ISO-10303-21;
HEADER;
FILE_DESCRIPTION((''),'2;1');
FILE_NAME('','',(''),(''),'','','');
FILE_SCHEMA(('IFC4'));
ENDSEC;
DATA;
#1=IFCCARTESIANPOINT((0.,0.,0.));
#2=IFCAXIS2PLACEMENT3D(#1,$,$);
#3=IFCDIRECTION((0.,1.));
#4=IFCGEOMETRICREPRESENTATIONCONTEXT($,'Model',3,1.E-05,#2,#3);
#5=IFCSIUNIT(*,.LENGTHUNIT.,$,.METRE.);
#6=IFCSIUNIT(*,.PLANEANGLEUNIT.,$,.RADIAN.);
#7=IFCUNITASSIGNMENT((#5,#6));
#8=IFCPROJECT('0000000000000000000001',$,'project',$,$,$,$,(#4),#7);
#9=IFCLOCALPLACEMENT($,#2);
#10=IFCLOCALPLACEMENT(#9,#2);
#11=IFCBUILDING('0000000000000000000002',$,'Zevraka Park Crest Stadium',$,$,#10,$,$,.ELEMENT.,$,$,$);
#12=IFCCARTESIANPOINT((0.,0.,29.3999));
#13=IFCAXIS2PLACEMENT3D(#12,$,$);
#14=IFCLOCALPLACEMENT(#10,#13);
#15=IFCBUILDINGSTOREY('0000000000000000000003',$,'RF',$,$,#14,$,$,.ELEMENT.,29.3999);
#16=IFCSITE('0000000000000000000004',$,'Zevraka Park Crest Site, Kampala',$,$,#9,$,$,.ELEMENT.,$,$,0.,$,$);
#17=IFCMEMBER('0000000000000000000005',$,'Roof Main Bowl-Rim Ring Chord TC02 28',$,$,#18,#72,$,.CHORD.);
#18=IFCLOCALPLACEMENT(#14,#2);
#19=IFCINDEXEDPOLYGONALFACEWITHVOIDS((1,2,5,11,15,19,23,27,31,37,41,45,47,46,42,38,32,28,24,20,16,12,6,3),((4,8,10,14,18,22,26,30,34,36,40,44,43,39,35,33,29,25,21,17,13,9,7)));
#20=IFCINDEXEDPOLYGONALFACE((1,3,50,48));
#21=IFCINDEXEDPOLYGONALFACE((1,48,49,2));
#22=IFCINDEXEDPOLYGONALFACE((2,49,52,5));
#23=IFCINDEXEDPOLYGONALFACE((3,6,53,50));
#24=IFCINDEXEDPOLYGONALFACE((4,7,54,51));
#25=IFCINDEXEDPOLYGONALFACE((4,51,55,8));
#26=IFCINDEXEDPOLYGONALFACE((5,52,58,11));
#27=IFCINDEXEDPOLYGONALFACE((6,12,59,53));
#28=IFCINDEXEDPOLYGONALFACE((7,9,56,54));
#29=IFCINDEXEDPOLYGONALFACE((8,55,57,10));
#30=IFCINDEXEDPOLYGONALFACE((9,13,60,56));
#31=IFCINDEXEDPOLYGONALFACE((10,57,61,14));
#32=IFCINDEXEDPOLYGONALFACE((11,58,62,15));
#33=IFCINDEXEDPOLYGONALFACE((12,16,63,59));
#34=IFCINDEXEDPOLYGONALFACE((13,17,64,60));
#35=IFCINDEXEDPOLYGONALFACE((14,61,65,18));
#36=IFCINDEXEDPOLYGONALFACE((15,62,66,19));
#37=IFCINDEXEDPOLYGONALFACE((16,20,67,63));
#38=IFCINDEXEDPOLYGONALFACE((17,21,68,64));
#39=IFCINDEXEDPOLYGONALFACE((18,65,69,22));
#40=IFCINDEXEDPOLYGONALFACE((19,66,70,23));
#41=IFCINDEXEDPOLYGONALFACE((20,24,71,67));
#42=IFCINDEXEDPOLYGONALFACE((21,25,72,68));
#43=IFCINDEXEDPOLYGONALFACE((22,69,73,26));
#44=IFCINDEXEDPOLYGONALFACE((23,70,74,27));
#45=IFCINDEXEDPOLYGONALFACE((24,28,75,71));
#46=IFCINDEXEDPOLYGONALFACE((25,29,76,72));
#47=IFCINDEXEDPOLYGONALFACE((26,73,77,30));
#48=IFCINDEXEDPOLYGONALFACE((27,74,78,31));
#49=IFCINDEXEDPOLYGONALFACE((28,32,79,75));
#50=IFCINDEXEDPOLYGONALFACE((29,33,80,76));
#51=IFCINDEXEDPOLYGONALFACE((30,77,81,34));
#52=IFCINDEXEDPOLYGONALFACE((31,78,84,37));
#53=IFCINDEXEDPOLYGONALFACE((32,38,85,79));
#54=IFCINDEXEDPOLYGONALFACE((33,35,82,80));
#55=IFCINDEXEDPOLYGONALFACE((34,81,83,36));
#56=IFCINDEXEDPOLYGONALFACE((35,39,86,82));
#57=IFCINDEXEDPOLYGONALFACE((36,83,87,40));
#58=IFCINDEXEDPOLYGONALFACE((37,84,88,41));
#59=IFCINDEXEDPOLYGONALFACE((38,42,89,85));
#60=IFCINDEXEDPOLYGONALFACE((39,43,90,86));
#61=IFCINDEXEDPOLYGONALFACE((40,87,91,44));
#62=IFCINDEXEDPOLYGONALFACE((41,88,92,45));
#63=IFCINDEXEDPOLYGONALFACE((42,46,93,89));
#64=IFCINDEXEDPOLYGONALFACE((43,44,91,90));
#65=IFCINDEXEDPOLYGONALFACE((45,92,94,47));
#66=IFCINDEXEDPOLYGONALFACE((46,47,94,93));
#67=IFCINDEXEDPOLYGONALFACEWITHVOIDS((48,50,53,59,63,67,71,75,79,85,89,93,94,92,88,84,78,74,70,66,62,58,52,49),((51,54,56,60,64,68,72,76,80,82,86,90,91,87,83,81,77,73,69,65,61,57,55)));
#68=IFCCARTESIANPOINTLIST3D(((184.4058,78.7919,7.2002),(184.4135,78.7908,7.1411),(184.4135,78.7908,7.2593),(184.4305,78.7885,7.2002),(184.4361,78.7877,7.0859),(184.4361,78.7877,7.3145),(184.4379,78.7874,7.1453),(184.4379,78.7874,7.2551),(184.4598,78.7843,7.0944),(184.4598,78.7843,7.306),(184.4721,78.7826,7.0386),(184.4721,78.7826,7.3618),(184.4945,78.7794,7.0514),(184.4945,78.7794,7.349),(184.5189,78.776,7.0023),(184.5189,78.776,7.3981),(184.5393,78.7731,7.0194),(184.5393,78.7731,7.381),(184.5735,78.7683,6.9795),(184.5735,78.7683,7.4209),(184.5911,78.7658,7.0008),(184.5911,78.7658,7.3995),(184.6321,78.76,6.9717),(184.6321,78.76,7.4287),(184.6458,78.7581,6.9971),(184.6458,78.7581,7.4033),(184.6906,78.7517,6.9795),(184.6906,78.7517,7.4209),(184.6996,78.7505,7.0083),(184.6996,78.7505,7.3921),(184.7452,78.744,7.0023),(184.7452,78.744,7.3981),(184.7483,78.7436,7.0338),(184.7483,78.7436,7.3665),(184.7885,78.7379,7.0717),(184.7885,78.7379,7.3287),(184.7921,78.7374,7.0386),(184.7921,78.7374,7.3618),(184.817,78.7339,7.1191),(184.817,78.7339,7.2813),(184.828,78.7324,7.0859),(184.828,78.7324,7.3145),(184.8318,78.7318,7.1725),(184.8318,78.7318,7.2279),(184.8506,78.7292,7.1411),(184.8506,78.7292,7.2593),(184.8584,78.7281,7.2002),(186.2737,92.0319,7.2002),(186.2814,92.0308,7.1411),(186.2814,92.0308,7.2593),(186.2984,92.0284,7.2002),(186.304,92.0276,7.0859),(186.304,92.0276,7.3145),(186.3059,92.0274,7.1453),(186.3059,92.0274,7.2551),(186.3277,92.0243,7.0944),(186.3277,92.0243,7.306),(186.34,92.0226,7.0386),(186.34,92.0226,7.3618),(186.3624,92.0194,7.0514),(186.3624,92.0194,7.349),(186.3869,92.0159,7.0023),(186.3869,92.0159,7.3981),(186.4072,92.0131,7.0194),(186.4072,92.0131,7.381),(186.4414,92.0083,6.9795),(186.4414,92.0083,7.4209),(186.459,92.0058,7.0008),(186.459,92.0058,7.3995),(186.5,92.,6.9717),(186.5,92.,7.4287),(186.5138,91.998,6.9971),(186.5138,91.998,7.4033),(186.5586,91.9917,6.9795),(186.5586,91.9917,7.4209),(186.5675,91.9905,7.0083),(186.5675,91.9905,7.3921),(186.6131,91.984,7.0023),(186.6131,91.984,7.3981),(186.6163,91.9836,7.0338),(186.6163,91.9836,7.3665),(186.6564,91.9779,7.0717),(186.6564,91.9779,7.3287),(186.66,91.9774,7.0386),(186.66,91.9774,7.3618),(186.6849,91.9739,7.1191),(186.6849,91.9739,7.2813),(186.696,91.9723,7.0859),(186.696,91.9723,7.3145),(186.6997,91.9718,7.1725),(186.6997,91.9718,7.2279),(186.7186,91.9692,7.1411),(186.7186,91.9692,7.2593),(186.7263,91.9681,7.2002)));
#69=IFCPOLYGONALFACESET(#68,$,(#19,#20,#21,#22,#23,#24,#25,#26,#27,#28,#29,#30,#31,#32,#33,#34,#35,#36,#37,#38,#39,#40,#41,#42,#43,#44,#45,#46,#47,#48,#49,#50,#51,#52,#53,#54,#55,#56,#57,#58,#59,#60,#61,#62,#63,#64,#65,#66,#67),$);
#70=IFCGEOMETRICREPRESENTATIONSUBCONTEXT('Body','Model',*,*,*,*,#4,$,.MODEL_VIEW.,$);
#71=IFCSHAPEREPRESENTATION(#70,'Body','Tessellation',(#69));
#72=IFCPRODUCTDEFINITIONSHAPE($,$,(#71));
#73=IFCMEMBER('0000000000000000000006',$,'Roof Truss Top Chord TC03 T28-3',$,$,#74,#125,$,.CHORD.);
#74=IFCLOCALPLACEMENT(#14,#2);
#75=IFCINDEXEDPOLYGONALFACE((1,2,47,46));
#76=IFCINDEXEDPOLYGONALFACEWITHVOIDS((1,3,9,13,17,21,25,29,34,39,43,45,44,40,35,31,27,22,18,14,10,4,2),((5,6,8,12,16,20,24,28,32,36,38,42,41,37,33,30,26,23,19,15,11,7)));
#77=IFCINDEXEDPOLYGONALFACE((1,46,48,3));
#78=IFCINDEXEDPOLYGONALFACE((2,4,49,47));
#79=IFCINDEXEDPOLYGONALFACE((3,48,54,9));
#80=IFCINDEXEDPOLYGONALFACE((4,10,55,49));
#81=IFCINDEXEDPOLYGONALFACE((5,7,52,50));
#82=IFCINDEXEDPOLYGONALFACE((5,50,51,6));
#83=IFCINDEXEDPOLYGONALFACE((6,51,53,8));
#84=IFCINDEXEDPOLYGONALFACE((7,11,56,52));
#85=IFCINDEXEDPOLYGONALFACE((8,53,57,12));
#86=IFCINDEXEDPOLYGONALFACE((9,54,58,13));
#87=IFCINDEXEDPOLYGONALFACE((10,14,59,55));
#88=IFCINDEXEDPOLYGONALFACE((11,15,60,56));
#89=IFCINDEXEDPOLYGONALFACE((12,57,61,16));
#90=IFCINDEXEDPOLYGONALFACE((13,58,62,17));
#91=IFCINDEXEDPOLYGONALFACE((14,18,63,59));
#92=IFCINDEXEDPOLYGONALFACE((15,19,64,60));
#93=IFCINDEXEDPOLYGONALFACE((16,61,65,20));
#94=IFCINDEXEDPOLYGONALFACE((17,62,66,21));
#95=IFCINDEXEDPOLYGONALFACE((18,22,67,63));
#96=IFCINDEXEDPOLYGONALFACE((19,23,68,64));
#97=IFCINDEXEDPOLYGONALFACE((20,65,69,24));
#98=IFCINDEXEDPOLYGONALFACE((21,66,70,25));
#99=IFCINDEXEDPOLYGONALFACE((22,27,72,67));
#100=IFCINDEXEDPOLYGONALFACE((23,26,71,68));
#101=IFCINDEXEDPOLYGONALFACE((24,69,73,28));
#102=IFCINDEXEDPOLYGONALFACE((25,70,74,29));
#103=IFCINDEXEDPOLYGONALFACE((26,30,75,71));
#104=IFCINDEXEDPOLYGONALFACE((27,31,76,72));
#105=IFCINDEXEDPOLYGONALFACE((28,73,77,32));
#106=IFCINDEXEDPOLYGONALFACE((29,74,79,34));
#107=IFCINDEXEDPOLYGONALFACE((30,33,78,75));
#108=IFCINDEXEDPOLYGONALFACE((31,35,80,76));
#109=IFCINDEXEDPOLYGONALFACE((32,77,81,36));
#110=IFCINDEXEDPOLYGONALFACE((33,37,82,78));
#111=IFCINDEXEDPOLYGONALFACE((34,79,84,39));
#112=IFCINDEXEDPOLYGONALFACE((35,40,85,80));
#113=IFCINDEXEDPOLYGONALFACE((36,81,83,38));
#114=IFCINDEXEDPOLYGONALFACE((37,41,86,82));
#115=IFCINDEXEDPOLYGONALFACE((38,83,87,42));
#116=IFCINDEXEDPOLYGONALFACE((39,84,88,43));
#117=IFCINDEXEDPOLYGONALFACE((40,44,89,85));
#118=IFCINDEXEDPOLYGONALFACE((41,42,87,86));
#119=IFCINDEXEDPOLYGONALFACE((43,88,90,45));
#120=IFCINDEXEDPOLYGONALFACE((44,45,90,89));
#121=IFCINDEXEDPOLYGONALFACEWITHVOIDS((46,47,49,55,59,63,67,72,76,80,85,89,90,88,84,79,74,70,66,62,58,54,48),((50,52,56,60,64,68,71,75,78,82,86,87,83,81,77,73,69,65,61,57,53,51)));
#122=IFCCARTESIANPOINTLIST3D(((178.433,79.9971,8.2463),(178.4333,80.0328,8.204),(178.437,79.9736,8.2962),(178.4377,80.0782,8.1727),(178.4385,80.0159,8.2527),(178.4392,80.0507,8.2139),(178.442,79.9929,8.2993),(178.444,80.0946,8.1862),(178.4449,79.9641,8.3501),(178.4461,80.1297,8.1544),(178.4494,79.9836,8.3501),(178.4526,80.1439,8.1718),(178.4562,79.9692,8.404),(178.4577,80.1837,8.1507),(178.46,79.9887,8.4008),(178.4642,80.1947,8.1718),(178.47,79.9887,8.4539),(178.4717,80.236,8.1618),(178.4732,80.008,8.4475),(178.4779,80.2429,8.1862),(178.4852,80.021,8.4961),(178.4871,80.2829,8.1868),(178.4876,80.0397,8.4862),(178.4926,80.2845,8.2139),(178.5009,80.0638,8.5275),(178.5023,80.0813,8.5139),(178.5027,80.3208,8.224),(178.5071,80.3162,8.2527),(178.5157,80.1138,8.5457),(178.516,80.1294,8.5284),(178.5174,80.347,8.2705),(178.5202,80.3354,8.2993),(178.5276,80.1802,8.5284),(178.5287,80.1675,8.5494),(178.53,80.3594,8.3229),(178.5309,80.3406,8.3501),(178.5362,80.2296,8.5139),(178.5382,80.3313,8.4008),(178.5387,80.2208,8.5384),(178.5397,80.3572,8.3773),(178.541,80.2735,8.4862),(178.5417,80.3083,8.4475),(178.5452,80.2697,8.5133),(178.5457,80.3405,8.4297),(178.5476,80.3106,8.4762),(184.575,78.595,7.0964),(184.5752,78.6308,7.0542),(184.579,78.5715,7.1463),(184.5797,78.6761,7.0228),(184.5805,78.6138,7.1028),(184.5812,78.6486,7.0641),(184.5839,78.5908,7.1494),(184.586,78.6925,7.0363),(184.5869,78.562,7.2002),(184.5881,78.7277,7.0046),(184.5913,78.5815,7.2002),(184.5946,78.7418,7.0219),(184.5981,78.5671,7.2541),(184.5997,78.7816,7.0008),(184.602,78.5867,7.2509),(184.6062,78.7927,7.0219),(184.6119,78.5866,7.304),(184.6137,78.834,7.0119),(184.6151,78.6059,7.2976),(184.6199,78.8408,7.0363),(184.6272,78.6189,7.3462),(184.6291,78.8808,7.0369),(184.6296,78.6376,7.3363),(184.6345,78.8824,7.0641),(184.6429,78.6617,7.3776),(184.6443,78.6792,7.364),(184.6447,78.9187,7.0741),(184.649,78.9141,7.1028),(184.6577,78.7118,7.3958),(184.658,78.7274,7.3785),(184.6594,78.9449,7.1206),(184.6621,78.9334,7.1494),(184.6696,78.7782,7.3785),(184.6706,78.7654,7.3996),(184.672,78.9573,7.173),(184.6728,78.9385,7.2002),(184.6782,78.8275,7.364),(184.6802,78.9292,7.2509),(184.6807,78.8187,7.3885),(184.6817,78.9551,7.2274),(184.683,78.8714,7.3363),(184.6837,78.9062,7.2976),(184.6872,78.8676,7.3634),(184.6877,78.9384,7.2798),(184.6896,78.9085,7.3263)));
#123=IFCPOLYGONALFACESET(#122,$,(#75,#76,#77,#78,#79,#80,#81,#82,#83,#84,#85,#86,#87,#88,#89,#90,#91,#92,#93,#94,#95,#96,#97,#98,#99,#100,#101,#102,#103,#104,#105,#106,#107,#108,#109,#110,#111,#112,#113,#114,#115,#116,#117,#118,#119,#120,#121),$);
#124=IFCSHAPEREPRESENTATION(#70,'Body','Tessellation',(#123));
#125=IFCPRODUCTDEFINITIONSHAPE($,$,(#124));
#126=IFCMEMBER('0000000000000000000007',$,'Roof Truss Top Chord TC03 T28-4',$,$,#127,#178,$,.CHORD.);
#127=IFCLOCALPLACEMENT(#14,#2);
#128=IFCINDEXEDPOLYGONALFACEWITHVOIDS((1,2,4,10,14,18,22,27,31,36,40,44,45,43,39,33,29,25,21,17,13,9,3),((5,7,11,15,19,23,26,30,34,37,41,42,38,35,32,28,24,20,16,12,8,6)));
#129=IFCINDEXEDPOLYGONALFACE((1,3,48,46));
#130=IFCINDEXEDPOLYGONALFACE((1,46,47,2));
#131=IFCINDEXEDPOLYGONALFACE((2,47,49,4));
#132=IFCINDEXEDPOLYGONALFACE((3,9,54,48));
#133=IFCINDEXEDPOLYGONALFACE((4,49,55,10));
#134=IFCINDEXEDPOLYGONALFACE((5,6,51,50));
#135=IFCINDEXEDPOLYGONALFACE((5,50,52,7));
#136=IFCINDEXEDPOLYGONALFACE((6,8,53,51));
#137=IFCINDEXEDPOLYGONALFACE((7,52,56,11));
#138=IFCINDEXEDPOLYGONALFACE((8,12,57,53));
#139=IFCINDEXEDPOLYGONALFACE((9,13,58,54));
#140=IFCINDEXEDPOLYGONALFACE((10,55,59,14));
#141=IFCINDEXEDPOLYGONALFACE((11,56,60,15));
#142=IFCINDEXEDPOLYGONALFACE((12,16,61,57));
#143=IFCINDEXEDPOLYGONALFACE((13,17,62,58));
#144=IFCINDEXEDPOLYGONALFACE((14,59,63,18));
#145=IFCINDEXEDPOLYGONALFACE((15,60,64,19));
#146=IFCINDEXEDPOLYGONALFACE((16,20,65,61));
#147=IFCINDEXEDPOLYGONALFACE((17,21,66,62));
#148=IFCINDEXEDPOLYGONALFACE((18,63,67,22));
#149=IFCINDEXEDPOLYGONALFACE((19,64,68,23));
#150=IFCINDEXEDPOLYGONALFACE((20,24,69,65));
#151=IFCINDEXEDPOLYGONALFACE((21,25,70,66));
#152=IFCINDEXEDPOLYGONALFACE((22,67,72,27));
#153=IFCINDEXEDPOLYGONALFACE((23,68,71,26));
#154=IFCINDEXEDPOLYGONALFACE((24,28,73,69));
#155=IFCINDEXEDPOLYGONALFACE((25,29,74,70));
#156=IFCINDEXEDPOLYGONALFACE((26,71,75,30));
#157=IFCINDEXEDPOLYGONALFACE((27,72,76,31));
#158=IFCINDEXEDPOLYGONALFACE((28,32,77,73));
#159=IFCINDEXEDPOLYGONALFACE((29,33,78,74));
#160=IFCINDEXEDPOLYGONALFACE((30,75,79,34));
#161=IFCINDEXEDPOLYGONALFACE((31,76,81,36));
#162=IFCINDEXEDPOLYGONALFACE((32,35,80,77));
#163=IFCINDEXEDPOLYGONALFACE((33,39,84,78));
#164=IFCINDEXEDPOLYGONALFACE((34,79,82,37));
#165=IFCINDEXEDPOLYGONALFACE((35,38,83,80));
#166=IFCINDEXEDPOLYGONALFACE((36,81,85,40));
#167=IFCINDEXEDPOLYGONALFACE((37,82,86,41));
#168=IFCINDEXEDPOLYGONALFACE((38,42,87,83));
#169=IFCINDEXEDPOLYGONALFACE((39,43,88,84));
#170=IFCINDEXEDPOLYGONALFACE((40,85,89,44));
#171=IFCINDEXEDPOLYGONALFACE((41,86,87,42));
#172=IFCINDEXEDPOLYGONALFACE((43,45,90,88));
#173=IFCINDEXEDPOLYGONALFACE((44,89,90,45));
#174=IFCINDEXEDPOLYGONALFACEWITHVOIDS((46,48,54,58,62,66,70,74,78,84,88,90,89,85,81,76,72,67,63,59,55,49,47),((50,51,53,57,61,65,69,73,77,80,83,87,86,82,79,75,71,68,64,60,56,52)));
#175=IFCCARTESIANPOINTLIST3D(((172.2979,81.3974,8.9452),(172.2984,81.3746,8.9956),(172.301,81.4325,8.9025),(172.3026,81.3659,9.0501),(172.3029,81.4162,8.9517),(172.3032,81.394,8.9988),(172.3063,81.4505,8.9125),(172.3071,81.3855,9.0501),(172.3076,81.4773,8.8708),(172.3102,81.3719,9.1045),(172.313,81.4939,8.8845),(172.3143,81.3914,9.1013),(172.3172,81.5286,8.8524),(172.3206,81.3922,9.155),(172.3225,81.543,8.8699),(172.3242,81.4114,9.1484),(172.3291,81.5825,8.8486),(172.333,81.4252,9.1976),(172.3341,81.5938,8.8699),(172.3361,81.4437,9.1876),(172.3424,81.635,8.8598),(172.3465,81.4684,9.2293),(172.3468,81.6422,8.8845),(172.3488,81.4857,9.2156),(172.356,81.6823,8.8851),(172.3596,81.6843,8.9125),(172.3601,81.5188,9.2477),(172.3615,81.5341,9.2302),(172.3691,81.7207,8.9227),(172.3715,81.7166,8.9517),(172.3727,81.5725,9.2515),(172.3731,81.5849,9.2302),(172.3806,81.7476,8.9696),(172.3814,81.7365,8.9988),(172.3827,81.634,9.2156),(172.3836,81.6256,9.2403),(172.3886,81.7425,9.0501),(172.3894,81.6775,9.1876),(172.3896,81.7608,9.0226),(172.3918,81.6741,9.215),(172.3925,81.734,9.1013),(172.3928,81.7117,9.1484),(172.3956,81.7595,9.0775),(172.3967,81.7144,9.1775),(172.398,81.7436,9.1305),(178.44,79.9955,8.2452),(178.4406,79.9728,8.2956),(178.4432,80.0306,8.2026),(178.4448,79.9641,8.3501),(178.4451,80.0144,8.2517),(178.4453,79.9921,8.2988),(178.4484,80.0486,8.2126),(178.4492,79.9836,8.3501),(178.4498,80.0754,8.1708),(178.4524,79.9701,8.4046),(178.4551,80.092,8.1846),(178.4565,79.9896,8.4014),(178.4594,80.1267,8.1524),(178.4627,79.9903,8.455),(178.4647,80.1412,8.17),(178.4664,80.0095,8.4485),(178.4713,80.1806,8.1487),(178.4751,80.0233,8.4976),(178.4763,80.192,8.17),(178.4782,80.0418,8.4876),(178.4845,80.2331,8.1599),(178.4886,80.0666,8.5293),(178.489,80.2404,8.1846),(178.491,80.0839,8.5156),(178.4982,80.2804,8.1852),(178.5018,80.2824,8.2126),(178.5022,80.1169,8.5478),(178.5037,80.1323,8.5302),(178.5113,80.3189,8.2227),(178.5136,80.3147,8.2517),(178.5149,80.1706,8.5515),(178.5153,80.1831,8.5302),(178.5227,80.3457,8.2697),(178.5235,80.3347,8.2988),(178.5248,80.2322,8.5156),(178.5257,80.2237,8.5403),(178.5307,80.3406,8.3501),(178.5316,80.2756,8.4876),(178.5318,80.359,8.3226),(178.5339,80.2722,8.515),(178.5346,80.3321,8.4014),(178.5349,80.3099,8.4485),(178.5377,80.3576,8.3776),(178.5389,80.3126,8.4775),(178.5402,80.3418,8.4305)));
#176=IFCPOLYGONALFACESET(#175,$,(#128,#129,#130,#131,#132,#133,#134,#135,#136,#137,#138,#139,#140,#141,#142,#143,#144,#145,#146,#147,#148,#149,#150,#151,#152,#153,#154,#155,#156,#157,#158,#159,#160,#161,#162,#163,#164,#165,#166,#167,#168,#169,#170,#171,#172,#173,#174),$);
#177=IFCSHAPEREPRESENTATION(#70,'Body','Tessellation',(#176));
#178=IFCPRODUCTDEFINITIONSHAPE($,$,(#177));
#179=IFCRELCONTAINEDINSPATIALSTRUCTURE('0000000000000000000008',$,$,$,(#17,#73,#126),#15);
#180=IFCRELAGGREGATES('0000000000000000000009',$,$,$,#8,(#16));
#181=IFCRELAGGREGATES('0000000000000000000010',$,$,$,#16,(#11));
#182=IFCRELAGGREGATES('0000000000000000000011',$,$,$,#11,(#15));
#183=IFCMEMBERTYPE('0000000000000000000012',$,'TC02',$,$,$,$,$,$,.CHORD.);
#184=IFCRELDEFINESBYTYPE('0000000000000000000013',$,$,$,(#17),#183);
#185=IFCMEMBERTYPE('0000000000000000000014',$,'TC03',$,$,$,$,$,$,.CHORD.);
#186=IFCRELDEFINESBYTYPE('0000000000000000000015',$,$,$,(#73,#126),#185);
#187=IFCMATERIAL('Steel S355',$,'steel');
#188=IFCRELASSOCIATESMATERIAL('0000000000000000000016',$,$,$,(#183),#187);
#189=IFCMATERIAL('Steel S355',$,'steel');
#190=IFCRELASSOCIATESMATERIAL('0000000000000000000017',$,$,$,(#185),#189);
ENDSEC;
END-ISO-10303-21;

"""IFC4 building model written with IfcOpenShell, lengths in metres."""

from ifc_helpers import new_model, si_unit, direction, frame, origin, origin_2d, place, context, subcontext, project, spatial, hollow_circle, extrude, material, material_profile, profile_set, type_object, element, save


model = new_model("IFC4")

# Units and contexts
model_context = context("Model", 3, precision=1e-05, world=origin(), true_north=direction((0.0, 1.0)))
body_context = subcontext(model_context, "Body", "Model", "MODEL_VIEW")
ifc_project = project(units=[si_unit("LENGTHUNIT", "METRE"), si_unit("PLANEANGLEUNIT", "RADIAN")], contexts=[model_context])

# Site, building, storey
site_placement = place(None, origin())
site = spatial("IfcSite", under=ifc_project, at=site_placement, Name="Zevraka Park Crest Site, Kampala", CompositionType="ELEMENT", RefElevation=0.0)
building_placement = place(site_placement, origin())
building = spatial("IfcBuilding", under=site, at=building_placement, Name="Zevraka Park Crest Stadium", CompositionType="ELEMENT")
storey_placement = place(building_placement, frame((0.0, 0.0, 29.3999)))
storey = spatial("IfcBuildingStorey", under=building, at=storey_placement, Name="RF", CompositionType="ELEMENT", Elevation=29.3999)

# Members
ifc_material_1 = material(Name="Steel S355", Category="steel")
ifc_material_profile_1 = material_profile(ifc_material_1, hollow_circle(Radius=0.2285, WallThickness=0.0249, at=origin_2d()), Name="CHS 457.0x25")
ifc_profile_set_1 = profile_set([ifc_material_profile_1], Name="Steel S355")
member_type_1 = type_object("IfcMemberType", Name="TC02", PredefinedType="CHORD", material=ifc_profile_set_1)
member_1_placement = place(storey_placement, frame((184.6321, 78.76, 7.2002), z_axis=(0.139698, 0.990194, 0.0), x_axis=(-0.990194, 0.139698, 0.0)))
element("IfcMember", 1, at=member_1_placement, inside=storey, type_object=member_type_1, Name="Roof Main Bowl-Rim Ring Chord TC02 28", PredefinedType="CHORD", context=body_context, shape_type="SweptSolid", body=[
    extrude(hollow_circle(Radius=0.2285, WallThickness=0.0249, at=origin_2d()), origin(), (0.0, 0.0, 1.0), 13.3711),
])
ifc_material_2 = material(Name="Steel S355", Category="steel")
ifc_material_profile_2 = material_profile(ifc_material_2, hollow_circle(Radius=0.2031, WallThickness=0.02, at=origin_2d()), Name="CHS 406.4x20")
ifc_profile_set_2 = profile_set([ifc_material_profile_2], Name="Steel S355")
member_type_2 = type_object("IfcMemberType", Name="TC03", PredefinedType="CHORD", material=ifc_profile_set_2)
member_2_placement = place(storey_placement, frame((184.6321, 78.76, 7.2002), z_axis=(-0.959076, 0.218935, 0.179555), x_axis=(-0.222552, -0.974921, 0.0)))
element("IfcMember", 2, at=member_2_placement, inside=storey, type_object=member_type_2, Name="Roof Truss Top Chord TC03 T28-3", PredefinedType="CHORD", context=body_context, shape_type="SweptSolid", body=[
    extrude(hollow_circle(Radius=0.2031, WallThickness=0.02, at=origin_2d()), origin(), (0.0, 0.0, 1.0), 6.4041),
])
member_3_placement = place(storey_placement, frame((178.49, 80.1621, 8.3501), z_axis=(-0.968967, 0.221155, 0.110423), x_axis=(-0.222515, -0.974929, 0.0)))
element("IfcMember", 3, at=member_3_placement, inside=storey, type_object=member_type_2, Name="Roof Truss Top Chord TC03 T28-4", PredefinedType="CHORD", context=body_context, shape_type="SweptSolid", body=[
    extrude(hollow_circle(Radius=0.2031, WallThickness=0.02, at=origin_2d()), origin(), (0.0, 0.0, 1.0), 6.3389),
])

save(model, "model.ifc")
